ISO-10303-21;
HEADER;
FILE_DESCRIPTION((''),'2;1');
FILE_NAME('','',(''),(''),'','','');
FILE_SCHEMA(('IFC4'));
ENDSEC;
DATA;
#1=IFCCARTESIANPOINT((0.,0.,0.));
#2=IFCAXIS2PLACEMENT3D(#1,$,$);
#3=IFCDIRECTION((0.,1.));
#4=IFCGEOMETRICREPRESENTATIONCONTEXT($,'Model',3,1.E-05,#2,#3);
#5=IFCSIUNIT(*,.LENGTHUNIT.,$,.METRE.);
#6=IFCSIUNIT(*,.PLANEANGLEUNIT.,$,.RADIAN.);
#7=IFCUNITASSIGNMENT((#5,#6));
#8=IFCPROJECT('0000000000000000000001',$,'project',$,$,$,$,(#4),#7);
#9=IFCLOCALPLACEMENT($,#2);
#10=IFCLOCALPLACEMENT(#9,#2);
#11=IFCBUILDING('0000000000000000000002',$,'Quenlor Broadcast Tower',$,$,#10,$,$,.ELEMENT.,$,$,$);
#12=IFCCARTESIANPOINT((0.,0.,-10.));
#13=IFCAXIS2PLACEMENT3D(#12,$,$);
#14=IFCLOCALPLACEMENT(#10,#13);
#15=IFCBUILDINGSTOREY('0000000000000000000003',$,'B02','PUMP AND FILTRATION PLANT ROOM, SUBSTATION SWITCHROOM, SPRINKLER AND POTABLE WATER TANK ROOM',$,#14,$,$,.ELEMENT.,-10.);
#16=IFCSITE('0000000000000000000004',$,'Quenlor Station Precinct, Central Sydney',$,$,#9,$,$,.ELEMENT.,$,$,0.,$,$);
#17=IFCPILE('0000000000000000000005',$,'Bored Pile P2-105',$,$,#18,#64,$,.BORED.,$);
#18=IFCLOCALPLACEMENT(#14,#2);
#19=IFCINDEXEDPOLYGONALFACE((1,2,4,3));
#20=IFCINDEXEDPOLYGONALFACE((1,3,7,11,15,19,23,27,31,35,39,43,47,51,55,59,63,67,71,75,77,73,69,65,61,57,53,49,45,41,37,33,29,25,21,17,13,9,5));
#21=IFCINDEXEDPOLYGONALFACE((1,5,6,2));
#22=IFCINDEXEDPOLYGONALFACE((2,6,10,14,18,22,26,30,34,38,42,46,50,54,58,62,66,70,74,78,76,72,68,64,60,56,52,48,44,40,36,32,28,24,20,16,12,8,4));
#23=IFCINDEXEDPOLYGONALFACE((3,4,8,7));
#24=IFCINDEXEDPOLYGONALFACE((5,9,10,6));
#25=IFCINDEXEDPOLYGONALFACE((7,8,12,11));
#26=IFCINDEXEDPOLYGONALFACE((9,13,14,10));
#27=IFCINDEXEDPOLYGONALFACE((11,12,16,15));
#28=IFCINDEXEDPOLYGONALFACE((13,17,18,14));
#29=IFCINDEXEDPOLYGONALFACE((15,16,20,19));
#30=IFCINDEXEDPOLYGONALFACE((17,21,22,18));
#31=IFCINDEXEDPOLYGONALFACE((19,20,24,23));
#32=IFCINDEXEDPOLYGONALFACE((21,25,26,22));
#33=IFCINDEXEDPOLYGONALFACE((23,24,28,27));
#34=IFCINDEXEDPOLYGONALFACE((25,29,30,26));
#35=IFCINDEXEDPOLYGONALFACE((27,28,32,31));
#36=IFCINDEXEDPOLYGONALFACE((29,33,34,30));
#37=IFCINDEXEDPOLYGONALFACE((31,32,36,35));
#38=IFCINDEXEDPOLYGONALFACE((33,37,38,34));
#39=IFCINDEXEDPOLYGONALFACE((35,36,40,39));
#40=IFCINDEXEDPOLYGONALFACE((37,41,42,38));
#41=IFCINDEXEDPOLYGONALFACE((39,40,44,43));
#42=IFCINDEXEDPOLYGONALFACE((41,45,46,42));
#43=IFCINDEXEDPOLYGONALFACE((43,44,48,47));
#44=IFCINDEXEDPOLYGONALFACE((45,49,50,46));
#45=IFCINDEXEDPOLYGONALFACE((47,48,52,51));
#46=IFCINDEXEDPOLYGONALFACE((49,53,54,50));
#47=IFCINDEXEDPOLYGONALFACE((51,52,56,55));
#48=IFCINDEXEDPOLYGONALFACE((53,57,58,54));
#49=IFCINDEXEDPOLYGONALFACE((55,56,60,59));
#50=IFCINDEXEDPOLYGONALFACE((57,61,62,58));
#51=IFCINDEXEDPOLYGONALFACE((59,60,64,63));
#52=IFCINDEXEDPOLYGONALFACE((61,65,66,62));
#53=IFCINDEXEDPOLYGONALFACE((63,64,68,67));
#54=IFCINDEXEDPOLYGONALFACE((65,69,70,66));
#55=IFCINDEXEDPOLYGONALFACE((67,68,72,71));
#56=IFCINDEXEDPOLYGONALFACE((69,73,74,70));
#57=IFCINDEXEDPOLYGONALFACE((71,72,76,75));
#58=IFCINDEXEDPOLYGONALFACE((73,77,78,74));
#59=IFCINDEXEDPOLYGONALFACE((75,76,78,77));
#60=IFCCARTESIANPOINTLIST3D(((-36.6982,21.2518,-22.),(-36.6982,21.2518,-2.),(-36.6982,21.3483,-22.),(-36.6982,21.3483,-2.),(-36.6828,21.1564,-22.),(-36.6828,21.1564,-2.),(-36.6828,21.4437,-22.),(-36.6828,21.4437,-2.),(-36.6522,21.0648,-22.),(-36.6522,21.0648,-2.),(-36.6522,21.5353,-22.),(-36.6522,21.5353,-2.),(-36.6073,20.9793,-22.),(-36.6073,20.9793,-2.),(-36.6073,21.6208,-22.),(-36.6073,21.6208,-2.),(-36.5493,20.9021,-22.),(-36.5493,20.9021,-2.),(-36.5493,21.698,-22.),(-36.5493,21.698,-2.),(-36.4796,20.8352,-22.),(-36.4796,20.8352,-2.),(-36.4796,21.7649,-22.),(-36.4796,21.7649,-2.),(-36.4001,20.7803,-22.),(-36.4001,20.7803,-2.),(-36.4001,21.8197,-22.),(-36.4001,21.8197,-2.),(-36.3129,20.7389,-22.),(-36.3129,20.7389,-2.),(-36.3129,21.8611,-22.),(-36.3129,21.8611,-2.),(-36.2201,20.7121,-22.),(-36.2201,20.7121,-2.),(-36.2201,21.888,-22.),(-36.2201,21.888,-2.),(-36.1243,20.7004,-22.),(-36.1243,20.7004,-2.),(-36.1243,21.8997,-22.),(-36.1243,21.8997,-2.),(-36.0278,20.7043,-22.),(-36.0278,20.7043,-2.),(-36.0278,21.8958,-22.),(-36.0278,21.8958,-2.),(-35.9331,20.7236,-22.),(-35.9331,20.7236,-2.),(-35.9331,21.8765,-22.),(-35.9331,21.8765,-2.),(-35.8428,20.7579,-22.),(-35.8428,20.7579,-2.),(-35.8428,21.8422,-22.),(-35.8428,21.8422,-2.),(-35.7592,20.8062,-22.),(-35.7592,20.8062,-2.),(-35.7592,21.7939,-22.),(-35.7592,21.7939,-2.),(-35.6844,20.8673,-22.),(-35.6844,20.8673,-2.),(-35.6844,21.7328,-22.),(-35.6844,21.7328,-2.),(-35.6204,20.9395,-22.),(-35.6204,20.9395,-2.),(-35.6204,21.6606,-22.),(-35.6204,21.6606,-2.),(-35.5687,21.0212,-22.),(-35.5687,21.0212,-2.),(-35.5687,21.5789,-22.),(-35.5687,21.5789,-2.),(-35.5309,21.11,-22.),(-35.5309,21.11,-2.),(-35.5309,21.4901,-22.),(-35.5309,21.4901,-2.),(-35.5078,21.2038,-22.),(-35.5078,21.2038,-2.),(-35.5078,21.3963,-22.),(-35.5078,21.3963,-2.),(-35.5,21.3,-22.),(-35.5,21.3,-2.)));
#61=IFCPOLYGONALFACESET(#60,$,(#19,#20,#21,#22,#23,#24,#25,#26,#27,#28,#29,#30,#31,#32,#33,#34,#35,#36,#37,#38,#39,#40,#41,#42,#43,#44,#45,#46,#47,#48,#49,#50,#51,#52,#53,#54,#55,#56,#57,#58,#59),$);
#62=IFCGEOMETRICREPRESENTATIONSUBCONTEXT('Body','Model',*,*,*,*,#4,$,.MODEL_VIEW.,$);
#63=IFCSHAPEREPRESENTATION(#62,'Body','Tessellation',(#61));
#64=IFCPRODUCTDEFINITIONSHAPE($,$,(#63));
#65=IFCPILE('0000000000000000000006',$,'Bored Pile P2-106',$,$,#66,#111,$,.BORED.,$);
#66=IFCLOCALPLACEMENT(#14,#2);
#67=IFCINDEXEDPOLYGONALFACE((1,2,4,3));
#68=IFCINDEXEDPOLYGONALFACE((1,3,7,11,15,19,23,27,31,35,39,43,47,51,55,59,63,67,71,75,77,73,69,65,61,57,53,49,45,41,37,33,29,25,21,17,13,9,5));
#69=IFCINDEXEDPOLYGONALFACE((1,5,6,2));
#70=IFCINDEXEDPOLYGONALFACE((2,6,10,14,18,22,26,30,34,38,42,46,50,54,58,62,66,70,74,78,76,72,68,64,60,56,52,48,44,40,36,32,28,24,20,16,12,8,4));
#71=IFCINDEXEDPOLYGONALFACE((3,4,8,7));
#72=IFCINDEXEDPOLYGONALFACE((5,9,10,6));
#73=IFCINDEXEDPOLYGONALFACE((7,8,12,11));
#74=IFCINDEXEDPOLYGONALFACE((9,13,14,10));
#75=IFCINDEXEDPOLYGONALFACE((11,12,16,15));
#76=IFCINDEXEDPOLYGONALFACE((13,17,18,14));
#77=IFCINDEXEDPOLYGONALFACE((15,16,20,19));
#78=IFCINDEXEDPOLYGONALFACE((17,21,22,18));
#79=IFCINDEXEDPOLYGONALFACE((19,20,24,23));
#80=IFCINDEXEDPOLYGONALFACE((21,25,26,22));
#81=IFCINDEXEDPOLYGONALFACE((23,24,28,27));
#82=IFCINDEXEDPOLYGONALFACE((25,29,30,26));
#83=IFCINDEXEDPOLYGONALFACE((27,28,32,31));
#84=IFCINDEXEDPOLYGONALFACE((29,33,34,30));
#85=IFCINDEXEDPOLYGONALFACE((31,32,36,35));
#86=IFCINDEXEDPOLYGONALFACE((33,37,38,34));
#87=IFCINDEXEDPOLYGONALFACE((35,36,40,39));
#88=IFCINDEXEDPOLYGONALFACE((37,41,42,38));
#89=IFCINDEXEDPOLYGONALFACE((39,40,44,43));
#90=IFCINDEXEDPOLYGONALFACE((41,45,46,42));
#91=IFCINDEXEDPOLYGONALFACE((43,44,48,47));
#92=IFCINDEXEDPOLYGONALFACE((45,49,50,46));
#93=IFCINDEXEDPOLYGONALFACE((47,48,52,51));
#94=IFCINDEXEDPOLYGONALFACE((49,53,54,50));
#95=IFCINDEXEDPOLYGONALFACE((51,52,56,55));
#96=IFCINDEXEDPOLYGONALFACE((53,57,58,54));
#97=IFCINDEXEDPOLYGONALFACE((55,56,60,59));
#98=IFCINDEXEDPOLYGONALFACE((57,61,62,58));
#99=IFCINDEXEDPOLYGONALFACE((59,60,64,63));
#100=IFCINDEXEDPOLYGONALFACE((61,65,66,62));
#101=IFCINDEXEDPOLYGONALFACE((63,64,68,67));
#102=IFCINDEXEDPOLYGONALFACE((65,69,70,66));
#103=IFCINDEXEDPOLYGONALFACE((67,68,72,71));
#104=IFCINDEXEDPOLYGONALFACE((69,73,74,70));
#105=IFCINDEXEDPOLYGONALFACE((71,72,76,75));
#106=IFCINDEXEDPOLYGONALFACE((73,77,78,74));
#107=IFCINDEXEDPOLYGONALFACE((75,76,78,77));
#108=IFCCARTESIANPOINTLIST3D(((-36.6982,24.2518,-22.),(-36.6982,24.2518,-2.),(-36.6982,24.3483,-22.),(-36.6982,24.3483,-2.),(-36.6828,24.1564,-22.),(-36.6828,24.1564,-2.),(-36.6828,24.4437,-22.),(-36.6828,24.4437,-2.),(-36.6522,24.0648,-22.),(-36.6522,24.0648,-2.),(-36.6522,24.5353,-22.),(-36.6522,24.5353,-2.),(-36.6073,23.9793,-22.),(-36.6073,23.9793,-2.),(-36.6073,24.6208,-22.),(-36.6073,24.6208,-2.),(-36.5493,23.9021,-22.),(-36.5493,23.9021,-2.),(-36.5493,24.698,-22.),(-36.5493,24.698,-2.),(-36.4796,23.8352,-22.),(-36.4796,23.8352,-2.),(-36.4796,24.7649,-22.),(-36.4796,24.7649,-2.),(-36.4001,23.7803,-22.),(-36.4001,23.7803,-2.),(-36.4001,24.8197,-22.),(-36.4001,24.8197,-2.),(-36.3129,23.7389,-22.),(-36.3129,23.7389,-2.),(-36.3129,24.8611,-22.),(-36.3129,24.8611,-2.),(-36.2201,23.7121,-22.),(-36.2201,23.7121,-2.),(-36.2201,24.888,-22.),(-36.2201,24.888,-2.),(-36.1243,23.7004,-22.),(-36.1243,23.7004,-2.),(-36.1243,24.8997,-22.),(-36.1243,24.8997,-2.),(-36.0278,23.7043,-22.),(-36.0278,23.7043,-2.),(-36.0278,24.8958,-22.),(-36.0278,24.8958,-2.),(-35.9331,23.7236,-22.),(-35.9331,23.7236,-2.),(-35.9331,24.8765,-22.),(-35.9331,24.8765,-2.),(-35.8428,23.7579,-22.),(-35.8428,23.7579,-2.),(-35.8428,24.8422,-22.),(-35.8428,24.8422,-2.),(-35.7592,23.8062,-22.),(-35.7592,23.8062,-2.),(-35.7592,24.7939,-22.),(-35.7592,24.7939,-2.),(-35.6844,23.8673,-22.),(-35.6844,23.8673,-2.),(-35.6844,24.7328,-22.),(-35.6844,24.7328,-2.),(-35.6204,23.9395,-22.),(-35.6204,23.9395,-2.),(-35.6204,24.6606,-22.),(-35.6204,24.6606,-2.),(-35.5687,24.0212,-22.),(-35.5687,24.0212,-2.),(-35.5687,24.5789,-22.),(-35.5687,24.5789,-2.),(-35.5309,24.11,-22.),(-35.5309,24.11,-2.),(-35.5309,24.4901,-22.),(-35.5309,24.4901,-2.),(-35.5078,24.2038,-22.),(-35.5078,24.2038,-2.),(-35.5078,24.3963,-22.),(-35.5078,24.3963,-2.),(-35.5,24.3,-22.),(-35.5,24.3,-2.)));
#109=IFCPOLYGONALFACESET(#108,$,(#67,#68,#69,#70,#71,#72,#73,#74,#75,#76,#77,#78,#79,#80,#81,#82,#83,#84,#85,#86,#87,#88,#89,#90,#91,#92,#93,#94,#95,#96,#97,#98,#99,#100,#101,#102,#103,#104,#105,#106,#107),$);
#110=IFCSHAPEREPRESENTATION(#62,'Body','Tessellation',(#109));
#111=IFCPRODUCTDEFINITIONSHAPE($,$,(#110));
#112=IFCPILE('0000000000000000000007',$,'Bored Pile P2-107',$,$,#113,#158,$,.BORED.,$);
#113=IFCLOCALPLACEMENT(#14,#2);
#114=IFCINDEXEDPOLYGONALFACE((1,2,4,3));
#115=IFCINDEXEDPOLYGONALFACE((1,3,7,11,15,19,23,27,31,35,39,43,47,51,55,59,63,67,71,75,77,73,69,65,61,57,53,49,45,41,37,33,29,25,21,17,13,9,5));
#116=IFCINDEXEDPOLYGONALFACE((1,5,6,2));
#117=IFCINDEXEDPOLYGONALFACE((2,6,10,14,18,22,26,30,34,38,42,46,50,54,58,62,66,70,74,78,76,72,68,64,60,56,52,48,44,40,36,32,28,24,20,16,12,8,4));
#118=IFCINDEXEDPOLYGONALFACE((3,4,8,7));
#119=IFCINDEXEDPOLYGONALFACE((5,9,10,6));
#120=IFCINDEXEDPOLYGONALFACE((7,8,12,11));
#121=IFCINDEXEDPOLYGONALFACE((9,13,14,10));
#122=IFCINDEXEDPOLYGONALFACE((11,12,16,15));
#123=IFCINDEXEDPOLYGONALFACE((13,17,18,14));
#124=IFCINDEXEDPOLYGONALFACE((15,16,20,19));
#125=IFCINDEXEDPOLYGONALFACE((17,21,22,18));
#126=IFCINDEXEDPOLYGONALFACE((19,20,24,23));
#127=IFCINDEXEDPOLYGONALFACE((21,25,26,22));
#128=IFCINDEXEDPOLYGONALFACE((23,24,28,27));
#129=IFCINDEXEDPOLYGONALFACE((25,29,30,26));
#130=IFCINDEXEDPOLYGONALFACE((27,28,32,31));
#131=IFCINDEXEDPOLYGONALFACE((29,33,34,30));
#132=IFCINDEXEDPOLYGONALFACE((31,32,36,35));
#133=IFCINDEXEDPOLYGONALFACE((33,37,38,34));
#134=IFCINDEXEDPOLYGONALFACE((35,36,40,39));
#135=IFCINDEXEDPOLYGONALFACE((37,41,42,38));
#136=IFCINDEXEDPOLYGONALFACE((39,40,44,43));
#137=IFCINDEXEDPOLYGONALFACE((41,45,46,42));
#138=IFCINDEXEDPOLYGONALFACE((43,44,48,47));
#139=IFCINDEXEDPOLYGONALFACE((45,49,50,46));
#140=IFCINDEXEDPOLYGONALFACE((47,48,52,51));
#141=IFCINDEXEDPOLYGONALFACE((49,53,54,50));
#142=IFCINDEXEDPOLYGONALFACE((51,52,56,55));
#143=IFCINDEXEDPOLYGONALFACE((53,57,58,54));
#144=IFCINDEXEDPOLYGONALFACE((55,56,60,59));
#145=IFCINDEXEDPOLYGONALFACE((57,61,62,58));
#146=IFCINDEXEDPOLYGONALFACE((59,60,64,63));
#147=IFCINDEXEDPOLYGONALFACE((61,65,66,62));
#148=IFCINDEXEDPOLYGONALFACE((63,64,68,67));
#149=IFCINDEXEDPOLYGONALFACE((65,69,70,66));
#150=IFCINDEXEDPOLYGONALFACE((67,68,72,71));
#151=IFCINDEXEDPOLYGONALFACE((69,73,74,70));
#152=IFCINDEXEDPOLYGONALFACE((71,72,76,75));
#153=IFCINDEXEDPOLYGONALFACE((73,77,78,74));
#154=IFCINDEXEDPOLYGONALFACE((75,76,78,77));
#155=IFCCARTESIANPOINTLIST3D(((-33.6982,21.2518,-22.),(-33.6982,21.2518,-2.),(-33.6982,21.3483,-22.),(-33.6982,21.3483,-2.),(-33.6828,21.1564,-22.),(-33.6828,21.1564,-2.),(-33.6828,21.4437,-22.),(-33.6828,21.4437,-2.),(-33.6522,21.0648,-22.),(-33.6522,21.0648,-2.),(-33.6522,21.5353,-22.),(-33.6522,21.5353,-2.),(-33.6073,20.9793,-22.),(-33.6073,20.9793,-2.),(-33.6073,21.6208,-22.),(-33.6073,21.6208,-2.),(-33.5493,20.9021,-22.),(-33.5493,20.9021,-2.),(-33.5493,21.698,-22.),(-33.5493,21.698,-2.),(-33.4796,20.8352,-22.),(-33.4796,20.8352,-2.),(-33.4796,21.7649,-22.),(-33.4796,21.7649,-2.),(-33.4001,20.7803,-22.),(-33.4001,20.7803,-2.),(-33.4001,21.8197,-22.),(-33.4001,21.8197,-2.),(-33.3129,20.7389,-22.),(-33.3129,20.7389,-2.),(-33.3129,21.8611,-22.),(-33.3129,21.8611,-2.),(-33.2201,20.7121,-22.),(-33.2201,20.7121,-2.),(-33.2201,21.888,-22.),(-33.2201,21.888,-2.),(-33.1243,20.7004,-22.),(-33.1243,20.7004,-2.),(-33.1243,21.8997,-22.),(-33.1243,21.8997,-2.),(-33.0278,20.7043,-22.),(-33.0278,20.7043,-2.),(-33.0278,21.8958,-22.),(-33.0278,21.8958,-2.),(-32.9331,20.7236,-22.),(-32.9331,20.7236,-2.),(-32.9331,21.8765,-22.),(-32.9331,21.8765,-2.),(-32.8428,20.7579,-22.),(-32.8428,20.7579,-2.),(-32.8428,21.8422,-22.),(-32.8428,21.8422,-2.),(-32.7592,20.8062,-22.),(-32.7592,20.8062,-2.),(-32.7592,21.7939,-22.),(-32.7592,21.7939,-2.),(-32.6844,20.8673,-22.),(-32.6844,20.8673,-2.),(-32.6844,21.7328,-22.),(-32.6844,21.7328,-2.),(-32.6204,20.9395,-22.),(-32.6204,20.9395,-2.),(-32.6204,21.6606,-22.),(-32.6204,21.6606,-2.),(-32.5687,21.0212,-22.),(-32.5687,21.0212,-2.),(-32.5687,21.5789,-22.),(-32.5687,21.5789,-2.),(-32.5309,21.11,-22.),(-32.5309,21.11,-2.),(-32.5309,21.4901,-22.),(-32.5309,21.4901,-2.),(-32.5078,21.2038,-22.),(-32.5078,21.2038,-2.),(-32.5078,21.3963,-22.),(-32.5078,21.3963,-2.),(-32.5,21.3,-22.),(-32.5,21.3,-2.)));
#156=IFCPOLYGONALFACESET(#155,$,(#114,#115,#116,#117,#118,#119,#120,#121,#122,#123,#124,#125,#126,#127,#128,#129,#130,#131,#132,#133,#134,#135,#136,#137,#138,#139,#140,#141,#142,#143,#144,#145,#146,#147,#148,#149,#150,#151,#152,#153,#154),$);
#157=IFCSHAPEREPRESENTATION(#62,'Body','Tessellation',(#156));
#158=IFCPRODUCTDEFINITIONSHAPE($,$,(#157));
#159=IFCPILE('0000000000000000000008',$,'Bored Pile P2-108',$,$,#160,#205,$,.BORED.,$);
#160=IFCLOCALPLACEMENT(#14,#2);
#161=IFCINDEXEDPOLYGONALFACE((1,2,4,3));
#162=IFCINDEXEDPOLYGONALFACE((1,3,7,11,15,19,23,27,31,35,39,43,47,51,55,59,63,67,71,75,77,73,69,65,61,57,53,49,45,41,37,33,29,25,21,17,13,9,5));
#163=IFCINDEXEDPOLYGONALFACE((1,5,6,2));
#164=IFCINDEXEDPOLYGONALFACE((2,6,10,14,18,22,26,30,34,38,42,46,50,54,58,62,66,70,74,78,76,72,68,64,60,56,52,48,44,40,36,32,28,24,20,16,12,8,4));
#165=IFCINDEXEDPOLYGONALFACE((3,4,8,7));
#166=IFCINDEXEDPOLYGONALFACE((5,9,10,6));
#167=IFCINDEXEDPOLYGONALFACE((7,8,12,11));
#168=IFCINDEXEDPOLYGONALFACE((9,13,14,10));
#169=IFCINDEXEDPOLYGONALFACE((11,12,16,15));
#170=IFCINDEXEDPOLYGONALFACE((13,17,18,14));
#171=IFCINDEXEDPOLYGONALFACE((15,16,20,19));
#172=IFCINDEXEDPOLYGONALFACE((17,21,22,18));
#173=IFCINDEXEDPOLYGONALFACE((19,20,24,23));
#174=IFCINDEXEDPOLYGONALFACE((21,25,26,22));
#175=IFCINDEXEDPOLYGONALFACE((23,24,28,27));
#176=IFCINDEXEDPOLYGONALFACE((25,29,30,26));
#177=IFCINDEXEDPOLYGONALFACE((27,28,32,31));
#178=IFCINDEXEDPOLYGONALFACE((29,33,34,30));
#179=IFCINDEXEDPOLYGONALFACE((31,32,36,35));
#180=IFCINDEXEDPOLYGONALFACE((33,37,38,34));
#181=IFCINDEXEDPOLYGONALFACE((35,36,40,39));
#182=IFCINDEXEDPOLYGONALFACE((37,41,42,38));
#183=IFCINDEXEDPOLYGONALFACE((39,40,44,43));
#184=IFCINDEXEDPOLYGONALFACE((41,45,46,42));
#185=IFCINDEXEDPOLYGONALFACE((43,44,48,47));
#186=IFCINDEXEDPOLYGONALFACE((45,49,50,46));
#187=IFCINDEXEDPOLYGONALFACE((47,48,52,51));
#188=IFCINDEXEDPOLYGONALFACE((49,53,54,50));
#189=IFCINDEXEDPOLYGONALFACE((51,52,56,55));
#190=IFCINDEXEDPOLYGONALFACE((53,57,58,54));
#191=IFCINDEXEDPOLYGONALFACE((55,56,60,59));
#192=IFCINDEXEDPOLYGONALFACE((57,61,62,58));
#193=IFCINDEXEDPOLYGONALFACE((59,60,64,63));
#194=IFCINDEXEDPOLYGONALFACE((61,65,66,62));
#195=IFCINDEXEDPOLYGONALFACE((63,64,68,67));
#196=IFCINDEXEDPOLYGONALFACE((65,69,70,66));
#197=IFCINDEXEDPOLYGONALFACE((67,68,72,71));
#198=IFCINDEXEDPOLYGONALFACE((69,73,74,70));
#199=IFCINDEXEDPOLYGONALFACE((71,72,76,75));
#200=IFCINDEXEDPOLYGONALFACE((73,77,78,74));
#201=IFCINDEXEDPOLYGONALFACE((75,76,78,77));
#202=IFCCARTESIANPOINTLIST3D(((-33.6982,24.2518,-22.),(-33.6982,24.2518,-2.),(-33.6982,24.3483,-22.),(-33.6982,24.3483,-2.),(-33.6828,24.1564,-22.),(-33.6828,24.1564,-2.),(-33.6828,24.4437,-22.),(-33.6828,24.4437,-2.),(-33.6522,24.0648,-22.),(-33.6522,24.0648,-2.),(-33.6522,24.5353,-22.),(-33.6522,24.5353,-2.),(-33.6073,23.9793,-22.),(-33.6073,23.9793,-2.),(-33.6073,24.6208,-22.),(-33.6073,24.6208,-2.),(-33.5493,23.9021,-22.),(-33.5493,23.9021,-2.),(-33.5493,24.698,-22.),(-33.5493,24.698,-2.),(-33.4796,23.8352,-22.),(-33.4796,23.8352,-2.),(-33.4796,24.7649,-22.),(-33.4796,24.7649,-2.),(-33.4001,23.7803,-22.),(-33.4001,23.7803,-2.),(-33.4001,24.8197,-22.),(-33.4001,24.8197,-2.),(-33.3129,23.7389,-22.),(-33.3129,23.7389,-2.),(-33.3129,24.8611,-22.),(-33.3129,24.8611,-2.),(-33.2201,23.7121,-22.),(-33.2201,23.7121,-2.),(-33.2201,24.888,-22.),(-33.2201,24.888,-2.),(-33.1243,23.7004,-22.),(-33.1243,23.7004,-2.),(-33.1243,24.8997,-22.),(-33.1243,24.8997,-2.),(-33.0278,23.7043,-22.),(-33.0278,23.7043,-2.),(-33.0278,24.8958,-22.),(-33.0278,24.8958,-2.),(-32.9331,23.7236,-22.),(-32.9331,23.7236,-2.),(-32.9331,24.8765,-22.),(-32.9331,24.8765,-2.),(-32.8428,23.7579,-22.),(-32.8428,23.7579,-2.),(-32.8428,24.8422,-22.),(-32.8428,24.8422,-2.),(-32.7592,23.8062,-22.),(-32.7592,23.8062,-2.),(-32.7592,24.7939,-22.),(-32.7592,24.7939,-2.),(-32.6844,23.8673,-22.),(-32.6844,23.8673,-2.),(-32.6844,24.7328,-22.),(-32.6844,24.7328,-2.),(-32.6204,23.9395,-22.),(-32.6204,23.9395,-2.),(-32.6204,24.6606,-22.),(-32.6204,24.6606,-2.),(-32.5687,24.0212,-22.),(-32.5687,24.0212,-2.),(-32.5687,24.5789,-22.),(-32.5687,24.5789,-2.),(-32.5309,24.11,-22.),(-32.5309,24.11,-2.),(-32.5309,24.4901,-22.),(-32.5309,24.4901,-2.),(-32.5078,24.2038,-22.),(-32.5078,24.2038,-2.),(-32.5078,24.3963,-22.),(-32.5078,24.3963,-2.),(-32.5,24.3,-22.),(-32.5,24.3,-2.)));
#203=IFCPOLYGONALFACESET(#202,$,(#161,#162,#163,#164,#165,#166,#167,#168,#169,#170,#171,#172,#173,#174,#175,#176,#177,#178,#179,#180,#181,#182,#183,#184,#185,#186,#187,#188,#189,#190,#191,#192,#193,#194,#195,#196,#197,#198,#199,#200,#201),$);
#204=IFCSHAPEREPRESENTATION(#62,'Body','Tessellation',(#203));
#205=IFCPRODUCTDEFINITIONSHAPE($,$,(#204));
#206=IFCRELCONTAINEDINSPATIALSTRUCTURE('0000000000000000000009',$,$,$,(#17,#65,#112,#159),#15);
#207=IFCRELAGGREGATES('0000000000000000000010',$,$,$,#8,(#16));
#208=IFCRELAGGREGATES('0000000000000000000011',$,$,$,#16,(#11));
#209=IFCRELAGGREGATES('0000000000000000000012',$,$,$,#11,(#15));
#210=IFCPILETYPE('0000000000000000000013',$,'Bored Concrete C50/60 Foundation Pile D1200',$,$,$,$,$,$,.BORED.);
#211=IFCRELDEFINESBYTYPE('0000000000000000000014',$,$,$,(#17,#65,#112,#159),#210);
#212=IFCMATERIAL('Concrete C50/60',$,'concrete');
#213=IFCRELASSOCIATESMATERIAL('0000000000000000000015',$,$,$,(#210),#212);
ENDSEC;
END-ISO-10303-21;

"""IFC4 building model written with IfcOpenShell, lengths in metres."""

from ifc_helpers import new_model, si_unit, direction, frame, origin, origin_2d, place, context, subcontext, project, spatial, circle, extrude, material, material_profile, profile_set, type_object, element, save


model = new_model("IFC4")

# Units and contexts
model_context = context("Model", 3, precision=1e-05, world=origin(), true_north=direction((0.0, 1.0)))
body_context = subcontext(model_context, "Body", "Model", "MODEL_VIEW")
ifc_project = project(units=[si_unit("LENGTHUNIT", "METRE"), si_unit("PLANEANGLEUNIT", "RADIAN")], contexts=[model_context])

# Site, building, storey
site_placement = place(None, origin())
site = spatial("IfcSite", under=ifc_project, at=site_placement, Name="Quenlor Station Precinct, Central Sydney", CompositionType="ELEMENT", RefElevation=0.0)
building_placement = place(site_placement, origin())
building = spatial("IfcBuilding", under=site, at=building_placement, Name="Quenlor Broadcast Tower", CompositionType="ELEMENT")
storey_placement = place(building_placement, frame((0.0, 0.0, -10.0)))
storey = spatial("IfcBuildingStorey", under=building, at=storey_placement, Name="B02", Description="PUMP AND FILTRATION PLANT ROOM, SUBSTATION SWITCHROOM, SPRINKLER AND POTABLE WATER TANK ROOM", CompositionType="ELEMENT", Elevation=-10.0)

# Piles
ifc_material_1 = material(Name="Concrete C50/60", Category="concrete")
ifc_material_profile_1 = material_profile(ifc_material_1, circle(Radius=0.6001, at=origin_2d()))
ifc_profile_set_1 = profile_set([ifc_material_profile_1], Name="Concrete C50/60 PILE1200")
pile_type = type_object("IfcPileType", Name="Bored Concrete C50/60 Foundation Pile D1200", PredefinedType="BORED", material=ifc_profile_set_1)
for number, where, z_axis, x_axis, name in (
    (1, (-36.1001, 21.3, -2.0), (0.0, 0.0, -1.0), (1.0, 0.0, 0.0), "Bored Pile P2-105"),
    (2, (-36.1001, 24.3, -2.0), (0.0, 0.0, -1.0), (1.0, 0.0, 0.0), "Bored Pile P2-106"),
    (3, (-33.1001, 21.3, -2.0), (0.0, 0.0, -1.0), (1.0, 0.0, 0.0), "Bored Pile P2-107"),
    (4, (-33.1001, 24.3, -2.0), (0.0, 0.0, -1.0), (1.0, 0.0, 0.0), "Bored Pile P2-108"),
):
    element("IfcPile", number, at=place(storey_placement, frame(where, z_axis=z_axis, x_axis=x_axis)), inside=storey, type_object=pile_type, Name=name, PredefinedType="BORED", context=body_context, shape_type="SweptSolid", body=[
        extrude(circle(Radius=0.6001, at=origin_2d()), origin(), (0.0, 0.0, 1.0), 20.0),
    ])

save(model, "model.ifc")
